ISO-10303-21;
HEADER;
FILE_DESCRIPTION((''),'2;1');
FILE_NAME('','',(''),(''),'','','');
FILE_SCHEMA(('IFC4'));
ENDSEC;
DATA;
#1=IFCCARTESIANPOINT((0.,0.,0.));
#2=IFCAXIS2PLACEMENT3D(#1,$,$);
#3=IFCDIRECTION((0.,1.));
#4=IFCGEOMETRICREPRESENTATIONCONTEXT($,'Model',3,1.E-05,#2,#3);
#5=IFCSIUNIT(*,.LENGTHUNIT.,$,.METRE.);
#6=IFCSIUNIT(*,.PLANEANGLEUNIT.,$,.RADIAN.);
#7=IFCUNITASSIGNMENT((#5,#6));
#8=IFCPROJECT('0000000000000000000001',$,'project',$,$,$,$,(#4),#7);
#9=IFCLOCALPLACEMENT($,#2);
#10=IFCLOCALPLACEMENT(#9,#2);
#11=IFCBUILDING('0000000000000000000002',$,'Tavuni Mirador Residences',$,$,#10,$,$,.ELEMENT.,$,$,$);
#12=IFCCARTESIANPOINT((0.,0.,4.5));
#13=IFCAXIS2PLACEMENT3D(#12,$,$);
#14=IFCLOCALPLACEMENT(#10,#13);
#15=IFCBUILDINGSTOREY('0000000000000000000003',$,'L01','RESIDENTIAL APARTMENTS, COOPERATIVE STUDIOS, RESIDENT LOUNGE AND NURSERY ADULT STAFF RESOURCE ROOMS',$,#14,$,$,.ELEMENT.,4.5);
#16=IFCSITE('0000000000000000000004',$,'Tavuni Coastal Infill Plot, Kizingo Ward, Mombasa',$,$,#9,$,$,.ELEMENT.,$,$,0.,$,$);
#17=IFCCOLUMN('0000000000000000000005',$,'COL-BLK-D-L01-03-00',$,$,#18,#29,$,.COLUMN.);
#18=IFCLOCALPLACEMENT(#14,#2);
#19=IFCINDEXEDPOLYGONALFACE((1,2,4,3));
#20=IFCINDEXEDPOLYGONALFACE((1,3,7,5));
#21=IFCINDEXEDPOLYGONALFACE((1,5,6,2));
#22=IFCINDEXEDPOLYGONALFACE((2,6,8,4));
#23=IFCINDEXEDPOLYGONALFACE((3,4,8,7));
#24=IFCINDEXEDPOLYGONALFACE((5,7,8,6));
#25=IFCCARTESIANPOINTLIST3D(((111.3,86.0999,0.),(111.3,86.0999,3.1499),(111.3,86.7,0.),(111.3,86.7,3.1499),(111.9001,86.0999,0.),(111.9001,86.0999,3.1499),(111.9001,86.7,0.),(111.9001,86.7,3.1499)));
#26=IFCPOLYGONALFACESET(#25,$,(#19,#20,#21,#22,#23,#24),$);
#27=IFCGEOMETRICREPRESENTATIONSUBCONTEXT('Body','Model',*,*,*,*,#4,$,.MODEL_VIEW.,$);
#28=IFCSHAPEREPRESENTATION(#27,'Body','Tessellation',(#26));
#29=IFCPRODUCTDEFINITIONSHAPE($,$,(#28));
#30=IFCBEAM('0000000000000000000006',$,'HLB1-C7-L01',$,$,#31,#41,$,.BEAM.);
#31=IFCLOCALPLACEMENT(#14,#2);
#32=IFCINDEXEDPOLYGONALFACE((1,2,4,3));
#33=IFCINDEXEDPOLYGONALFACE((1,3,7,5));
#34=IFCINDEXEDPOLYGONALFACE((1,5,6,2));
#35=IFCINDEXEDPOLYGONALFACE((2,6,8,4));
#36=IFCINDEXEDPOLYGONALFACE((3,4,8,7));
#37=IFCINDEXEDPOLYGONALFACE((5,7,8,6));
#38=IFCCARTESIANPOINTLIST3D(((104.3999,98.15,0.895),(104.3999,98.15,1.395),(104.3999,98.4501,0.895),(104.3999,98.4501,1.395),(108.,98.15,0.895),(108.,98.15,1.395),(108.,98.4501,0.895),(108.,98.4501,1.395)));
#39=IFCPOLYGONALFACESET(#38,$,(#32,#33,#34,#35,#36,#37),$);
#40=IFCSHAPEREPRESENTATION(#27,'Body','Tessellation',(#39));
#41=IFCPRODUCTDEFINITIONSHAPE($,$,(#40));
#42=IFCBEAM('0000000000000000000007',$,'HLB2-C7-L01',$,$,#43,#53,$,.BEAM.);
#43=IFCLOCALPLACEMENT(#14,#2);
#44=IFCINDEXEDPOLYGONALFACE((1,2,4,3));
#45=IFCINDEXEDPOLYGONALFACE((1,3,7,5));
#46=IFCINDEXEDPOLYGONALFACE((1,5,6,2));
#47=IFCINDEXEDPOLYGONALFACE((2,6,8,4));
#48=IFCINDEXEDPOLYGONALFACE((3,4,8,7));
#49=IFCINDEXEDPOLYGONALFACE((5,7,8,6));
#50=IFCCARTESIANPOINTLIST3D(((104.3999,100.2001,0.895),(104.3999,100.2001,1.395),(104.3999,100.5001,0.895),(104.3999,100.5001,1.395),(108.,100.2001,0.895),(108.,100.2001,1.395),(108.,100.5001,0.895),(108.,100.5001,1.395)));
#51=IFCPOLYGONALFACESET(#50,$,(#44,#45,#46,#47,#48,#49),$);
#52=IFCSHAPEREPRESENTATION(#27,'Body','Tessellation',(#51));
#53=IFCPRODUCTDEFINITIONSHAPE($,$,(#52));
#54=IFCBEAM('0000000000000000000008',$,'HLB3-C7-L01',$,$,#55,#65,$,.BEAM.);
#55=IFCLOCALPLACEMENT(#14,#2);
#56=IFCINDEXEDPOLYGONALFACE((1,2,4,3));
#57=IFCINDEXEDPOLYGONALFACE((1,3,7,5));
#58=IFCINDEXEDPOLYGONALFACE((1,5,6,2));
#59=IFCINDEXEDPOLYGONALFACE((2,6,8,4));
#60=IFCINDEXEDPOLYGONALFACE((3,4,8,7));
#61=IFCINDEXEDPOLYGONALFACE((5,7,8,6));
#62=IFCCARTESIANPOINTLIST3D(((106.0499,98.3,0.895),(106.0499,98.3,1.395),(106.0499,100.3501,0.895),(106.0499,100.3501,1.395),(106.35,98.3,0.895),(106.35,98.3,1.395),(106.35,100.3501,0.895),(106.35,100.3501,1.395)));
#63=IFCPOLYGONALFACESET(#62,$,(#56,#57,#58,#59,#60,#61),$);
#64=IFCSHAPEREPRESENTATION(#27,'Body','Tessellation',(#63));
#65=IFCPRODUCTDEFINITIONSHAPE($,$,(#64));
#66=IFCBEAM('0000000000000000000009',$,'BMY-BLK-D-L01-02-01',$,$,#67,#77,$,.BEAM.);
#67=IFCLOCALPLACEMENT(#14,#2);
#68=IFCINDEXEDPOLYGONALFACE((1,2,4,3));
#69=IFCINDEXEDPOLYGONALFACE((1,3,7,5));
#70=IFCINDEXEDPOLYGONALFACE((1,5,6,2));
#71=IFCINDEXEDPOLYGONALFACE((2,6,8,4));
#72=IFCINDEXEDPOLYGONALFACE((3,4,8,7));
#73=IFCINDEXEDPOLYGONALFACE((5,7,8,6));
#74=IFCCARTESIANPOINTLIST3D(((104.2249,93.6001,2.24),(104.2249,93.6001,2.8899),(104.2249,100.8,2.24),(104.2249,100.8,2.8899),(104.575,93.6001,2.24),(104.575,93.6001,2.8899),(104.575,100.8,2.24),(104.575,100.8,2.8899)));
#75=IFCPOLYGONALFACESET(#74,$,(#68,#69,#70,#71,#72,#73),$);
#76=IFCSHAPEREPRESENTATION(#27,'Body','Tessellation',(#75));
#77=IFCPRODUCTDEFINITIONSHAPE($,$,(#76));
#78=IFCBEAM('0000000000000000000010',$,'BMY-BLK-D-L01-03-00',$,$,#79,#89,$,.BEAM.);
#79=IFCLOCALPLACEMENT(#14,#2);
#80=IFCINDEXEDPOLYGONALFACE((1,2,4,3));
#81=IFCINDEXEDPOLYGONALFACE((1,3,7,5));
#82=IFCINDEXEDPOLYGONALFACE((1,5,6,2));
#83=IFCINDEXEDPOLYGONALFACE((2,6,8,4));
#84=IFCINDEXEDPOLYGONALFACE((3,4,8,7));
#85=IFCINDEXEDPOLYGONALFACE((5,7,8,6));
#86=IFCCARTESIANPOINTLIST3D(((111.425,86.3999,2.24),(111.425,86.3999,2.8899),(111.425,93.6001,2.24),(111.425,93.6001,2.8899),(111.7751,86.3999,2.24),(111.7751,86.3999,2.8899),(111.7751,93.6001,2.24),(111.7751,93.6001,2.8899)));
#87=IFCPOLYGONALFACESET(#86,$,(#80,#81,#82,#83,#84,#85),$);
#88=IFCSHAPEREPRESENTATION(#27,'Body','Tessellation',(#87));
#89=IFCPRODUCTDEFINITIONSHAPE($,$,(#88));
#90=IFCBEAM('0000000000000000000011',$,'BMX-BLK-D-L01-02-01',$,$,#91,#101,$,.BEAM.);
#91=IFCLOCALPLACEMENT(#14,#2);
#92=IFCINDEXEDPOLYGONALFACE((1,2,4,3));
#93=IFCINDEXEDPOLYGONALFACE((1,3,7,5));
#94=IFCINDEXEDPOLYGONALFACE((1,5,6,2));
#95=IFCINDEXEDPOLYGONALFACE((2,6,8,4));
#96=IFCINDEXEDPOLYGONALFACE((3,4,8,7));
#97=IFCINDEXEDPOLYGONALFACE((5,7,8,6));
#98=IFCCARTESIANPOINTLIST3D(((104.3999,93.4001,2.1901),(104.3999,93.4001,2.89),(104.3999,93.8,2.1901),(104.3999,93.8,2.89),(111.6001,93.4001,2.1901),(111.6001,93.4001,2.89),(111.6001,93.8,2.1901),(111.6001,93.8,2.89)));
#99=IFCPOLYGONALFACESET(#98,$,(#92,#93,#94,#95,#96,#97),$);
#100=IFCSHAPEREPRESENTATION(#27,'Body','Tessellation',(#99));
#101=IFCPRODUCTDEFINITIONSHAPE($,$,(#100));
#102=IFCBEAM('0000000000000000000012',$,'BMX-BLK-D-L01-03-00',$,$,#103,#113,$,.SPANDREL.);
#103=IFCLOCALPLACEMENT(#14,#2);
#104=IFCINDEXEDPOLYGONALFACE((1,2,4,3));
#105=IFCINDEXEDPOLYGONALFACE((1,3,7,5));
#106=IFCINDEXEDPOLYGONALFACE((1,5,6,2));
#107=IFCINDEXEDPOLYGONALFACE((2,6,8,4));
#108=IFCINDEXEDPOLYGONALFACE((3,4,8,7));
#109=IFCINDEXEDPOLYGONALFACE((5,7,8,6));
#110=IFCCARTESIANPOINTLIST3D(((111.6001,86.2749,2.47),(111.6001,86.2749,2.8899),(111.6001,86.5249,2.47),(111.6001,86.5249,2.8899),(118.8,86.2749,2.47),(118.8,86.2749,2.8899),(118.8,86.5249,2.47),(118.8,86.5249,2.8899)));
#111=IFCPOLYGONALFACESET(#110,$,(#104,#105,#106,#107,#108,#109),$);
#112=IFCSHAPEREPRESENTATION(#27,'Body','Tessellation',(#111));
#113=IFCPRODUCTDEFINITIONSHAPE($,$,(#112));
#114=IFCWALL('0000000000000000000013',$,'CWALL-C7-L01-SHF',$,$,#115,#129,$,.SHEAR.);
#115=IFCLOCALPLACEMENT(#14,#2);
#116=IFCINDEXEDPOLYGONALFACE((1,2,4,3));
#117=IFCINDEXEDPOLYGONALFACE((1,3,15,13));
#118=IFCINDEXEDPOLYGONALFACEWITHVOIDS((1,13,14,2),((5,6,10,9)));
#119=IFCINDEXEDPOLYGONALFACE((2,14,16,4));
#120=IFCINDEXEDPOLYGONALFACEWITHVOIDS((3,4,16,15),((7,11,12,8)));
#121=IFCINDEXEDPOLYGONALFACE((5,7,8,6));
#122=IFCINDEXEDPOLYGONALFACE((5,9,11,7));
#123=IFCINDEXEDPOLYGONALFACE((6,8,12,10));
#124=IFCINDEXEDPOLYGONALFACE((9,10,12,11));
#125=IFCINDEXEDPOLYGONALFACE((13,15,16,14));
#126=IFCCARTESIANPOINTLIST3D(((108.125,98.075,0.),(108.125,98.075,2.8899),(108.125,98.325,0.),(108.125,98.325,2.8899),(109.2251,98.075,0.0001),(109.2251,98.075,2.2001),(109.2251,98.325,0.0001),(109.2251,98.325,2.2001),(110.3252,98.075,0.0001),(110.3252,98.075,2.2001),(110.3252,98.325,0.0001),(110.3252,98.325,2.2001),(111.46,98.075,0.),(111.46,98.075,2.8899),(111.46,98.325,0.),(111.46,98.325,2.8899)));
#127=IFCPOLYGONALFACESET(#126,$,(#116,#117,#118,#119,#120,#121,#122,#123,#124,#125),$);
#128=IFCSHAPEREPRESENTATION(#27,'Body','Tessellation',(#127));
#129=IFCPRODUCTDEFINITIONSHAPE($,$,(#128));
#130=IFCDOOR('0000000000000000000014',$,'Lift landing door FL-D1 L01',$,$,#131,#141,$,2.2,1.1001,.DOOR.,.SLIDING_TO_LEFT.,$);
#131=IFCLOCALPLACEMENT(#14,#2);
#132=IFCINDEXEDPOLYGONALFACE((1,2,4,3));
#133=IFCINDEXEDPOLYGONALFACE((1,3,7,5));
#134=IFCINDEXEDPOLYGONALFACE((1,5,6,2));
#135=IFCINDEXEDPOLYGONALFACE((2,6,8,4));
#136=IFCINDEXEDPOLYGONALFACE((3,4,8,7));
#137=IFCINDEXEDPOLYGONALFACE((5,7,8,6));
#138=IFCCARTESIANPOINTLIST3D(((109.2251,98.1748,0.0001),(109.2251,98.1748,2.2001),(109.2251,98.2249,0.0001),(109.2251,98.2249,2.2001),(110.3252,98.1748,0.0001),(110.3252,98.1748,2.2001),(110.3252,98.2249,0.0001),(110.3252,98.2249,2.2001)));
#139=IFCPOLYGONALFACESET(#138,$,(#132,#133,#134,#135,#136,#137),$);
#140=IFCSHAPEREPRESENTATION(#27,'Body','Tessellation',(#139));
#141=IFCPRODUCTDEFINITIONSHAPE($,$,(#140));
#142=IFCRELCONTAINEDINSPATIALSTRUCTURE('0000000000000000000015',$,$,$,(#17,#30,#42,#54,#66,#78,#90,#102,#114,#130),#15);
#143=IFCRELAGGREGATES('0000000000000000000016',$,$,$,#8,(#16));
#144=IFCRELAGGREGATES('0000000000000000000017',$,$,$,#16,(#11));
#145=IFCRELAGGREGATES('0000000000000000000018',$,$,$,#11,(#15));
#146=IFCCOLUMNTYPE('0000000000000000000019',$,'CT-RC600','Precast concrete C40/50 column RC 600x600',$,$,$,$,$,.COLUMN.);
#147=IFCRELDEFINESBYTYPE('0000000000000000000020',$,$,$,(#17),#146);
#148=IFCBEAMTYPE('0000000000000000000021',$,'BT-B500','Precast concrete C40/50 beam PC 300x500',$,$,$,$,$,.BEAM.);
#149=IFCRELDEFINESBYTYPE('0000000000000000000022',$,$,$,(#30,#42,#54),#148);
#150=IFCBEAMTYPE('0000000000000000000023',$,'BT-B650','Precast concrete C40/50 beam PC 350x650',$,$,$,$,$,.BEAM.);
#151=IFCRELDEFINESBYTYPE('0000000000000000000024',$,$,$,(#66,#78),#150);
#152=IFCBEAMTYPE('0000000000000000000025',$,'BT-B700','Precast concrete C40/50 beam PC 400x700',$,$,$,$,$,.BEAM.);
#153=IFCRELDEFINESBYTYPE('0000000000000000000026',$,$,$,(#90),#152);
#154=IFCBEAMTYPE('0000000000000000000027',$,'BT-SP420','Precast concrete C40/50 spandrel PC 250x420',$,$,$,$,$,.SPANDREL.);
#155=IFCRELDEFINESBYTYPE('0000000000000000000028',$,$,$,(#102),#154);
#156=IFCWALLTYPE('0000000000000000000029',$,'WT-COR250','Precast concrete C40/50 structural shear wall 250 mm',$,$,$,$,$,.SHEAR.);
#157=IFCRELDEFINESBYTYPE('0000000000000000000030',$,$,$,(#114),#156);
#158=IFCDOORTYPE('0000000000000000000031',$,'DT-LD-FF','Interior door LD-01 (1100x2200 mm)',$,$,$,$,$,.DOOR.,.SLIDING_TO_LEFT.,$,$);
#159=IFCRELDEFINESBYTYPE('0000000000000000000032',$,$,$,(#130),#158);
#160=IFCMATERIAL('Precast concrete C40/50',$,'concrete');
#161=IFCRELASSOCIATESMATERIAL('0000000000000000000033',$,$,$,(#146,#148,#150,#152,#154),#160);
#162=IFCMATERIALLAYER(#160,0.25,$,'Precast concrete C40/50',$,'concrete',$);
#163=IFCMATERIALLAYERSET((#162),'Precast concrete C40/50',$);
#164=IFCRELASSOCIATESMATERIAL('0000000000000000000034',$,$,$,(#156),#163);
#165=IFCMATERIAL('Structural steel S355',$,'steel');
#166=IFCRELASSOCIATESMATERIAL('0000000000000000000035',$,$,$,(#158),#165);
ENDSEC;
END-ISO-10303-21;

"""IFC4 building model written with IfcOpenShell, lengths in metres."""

from ifc_helpers import new_model, si_unit, direction, frame, frame_2d, origin, origin_2d, place, context, subcontext, project, spatial, rectangle, extrude, material, layer, layer_set, material_profile, profile_set, type_object, element, fill, save


model = new_model("IFC4")

# Units and contexts
model_context = context("Model", 3, precision=1e-05, world=origin(), true_north=direction((0.0, 1.0)))
body_context = subcontext(model_context, "Body", "Model", "MODEL_VIEW")
ifc_project = project(units=[si_unit("LENGTHUNIT", "METRE"), si_unit("PLANEANGLEUNIT", "RADIAN")], contexts=[model_context])

# Site, building, storey
site_placement = place(None, origin())
site = spatial("IfcSite", under=ifc_project, at=site_placement, Name="Tavuni Coastal Infill Plot, Kizingo Ward, Mombasa", CompositionType="ELEMENT", RefElevation=0.0)
building_placement = place(site_placement, origin())
building = spatial("IfcBuilding", under=site, at=building_placement, Name="Tavuni Mirador Residences", CompositionType="ELEMENT")
storey_placement = place(building_placement, frame((0.0, 0.0, 4.5)))
storey = spatial("IfcBuildingStorey", under=building, at=storey_placement, Name="L01", Description="RESIDENTIAL APARTMENTS, COOPERATIVE STUDIOS, RESIDENT LOUNGE AND NURSERY ADULT STAFF RESOURCE ROOMS", CompositionType="ELEMENT", Elevation=4.5)

# Column
ifc_material_1 = material(Name="Precast concrete C40/50", Category="concrete")
ifc_material_profile_1 = material_profile(ifc_material_1, rectangle(XDim=0.6001, YDim=0.6001, at=origin_2d()), Name="RC 600x600", Category="concrete")
ifc_profile_set_1 = profile_set([ifc_material_profile_1], Name="Precast concrete C40/50")
column_type = type_object("IfcColumnType", Name="CT-RC600", Description="Precast concrete C40/50 column RC 600x600", PredefinedType="COLUMN", material=ifc_profile_set_1)
column_placement = place(storey_placement, frame((111.6001, 86.3999, 0.0), z_axis=(0.0, 0.0, 1.0), x_axis=(1.0, 0.0, 0.0)))
element("IfcColumn", 1, at=column_placement, inside=storey, type_object=column_type, Name="COL-BLK-D-L01-03-00", PredefinedType="COLUMN", context=body_context, shape_type="SweptSolid", body=[
    extrude(rectangle(XDim=0.6001, YDim=0.6001, at=origin_2d()), origin(), (0.0, 0.0, 1.0), 3.1499),
])

# Beams
ifc_material_profile_2 = material_profile(ifc_material_1, rectangle(XDim=0.3, YDim=0.5, at=origin_2d()), Name="PC 300x500", Category="concrete")
ifc_profile_set_2 = profile_set([ifc_material_profile_2], Name="Precast concrete C40/50")
beam_type_1 = type_object("IfcBeamType", Name="BT-B500", Description="Precast concrete C40/50 beam PC 300x500", PredefinedType="BEAM", material=ifc_profile_set_2)
for number, where, z_axis, x_axis, name in (
    (2, (104.3999, 98.3, 1.145), (1.0, 0.0, 0.0), (0.0, 1.0, 0.0), "HLB1-C7-L01"),
    (3, (104.3999, 100.3501, 1.145), (1.0, 0.0, 0.0), (0.0, 1.0, 0.0), "HLB2-C7-L01"),
):
    element("IfcBeam", number, at=place(storey_placement, frame(where, z_axis=z_axis, x_axis=x_axis)), inside=storey, type_object=beam_type_1, Name=name, PredefinedType="BEAM", context=body_context, shape_type="SweptSolid", body=[
        extrude(rectangle(XDim=0.3, YDim=0.5, at=origin_2d()), origin(), (0.0, 0.0, 1.0), 3.6001),
    ])
beam_1_placement = place(storey_placement, frame((106.2, 98.3, 1.145), z_axis=(0.0, 1.0, 0.0), x_axis=(-1.0, 0.0, 0.0)))
element("IfcBeam", 4, at=beam_1_placement, inside=storey, type_object=beam_type_1, Name="HLB3-C7-L01", PredefinedType="BEAM", context=body_context, shape_type="SweptSolid", body=[
    extrude(rectangle(XDim=0.3, YDim=0.5, at=origin_2d()), origin(), (0.0, 0.0, 1.0), 2.05),
])
ifc_material_profile_3 = material_profile(ifc_material_1, rectangle(XDim=0.3501, YDim=0.6499, at=origin_2d()), Name="PC 350x650", Category="concrete")
ifc_profile_set_3 = profile_set([ifc_material_profile_3], Name="Precast concrete C40/50")
beam_type_2 = type_object("IfcBeamType", Name="BT-B650", Description="Precast concrete C40/50 beam PC 350x650", PredefinedType="BEAM", material=ifc_profile_set_3)
beam_2_placement = place(storey_placement, frame((104.3999, 93.6001, 2.5649), z_axis=(0.0, 1.0, 0.0), x_axis=(-1.0, 0.0, 0.0)))
element("IfcBeam", 5, at=beam_2_placement, inside=storey, type_object=beam_type_2, Name="BMY-BLK-D-L01-02-01", PredefinedType="BEAM", context=body_context, shape_type="SweptSolid", body=[
    extrude(rectangle(XDim=0.3501, YDim=0.6499, at=origin_2d()), origin(), (0.0, 0.0, 1.0), 7.2),
])
beam_3_placement = place(storey_placement, frame((111.6001, 86.3999, 2.5649), z_axis=(0.0, 1.0, 0.0), x_axis=(-1.0, 0.0, 0.0)))
element("IfcBeam", 6, at=beam_3_placement, inside=storey, type_object=beam_type_2, Name="BMY-BLK-D-L01-03-00", PredefinedType="BEAM", context=body_context, shape_type="SweptSolid", body=[
    extrude(rectangle(XDim=0.3501, YDim=0.6499, at=origin_2d()), origin(), (0.0, 0.0, 1.0), 7.2002),
])
ifc_material_profile_4 = material_profile(ifc_material_1, rectangle(XDim=0.3999, YDim=0.7, at=origin_2d()), Name="PC 400x700", Category="concrete")
ifc_profile_set_4 = profile_set([ifc_material_profile_4], Name="Precast concrete C40/50")
beam_type_3 = type_object("IfcBeamType", Name="BT-B700", Description="Precast concrete C40/50 beam PC 400x700", PredefinedType="BEAM", material=ifc_profile_set_4)
beam_4_placement = place(storey_placement, frame((104.3999, 93.6001, 2.54), z_axis=(1.0, 0.0, 0.0), x_axis=(0.0, 1.0, 0.0)))
element("IfcBeam", 7, at=beam_4_placement, inside=storey, type_object=beam_type_3, Name="BMX-BLK-D-L01-02-01", PredefinedType="BEAM", context=body_context, shape_type="SweptSolid", body=[
    extrude(rectangle(XDim=0.3999, YDim=0.7, at=origin_2d()), origin(), (0.0, 0.0, 1.0), 7.2002),
])
ifc_material_profile_5 = material_profile(ifc_material_1, rectangle(XDim=0.25, YDim=0.4199, at=origin_2d()), Name="PC 250x420", Category="concrete")
ifc_profile_set_5 = profile_set([ifc_material_profile_5], Name="Precast concrete C40/50")
beam_type_4 = type_object("IfcBeamType", Name="BT-SP420", Description="Precast concrete C40/50 spandrel PC 250x420", PredefinedType="SPANDREL", material=ifc_profile_set_5)
beam_5_placement = place(storey_placement, frame((111.6001, 86.3999, 2.6799), z_axis=(1.0, 0.0, 0.0), x_axis=(0.0, 1.0, 0.0)))
element("IfcBeam", 8, at=beam_5_placement, inside=storey, type_object=beam_type_4, Name="BMX-BLK-D-L01-03-00", PredefinedType="SPANDREL", context=body_context, shape_type="SweptSolid", body=[
    extrude(rectangle(XDim=0.25, YDim=0.4199, at=origin_2d()), origin(), (0.0, 0.0, 1.0), 7.2),
])

# Wall, opening, door
ifc_layer_1 = layer(ifc_material_1, 0.25, Name="Precast concrete C40/50", Category="concrete")
ifc_layer_set_1 = layer_set([ifc_layer_1], Name="Precast concrete C40/50")
wall_type_1 = type_object("IfcWallType", Name="WT-COR250", Description="Precast concrete C40/50 structural shear wall 250 mm", PredefinedType="SHEAR", material=ifc_layer_set_1)
wall_1_placement = place(storey_placement, frame((108.125, 98.2, 0.0), z_axis=(0.0, 0.0, 1.0), x_axis=(1.0, 0.0, 0.0)))
wall_1 = element("IfcWall", 9, at=wall_1_placement, inside=storey, type_object=wall_type_1, Name="CWALL-C7-L01-SHF", PredefinedType="SHEAR", context=body_context, shape_type="SweptSolid", body=[
    extrude(rectangle(XDim=3.335, YDim=0.25, at=frame_2d((1.6675, 0.0))), origin(), (0.0, 0.0, 1.0), 2.8899),
])
opening_1_placement = place(wall_1_placement, frame((1.1001, 0.0, 0.0)))
opening_1 = element("IfcOpeningElement", 10, at=opening_1_placement, cuts=wall_1, PredefinedType="OPENING", context=body_context, shape_type="SweptSolid", body=[
    extrude(rectangle(XDim=1.1001, YDim=2.2, at=frame_2d((0.55, 1.1001))), frame((0.0, 0.135, 0.0), z_axis=(0.0, -1.0, 0.0), x_axis=(1.0, 0.0, 0.0)), (0.0, 0.0, 1.0), 0.27),
])
ifc_material_2 = material(Name="Structural steel S355", Category="steel")
door_type_1 = type_object("IfcDoorType", Name="DT-LD-FF", Description="Interior door LD-01 (1100x2200 mm)", OperationType="SLIDING_TO_LEFT", PredefinedType="DOOR", material=ifc_material_2)
door_1_placement = place(opening_1_placement, origin())
door_1 = element("IfcDoor", 11, at=door_1_placement, inside=storey, type_object=door_type_1, Name="Lift landing door FL-D1 L01", OperationType="SLIDING_TO_LEFT", OverallHeight=2.2, OverallWidth=1.1001, PredefinedType="DOOR", context=body_context, shape_type="SweptSolid", body=[
    extrude(rectangle(XDim=1.1001, YDim=2.2, at=frame_2d((0.55, 1.1001))), frame((0.0, 0.0249, 0.0), z_axis=(0.0, -1.0, 0.0), x_axis=(1.0, 0.0, 0.0)), (0.0, 0.0, 1.0), 0.05),
])
fill(opening_1, door_1)

save(model, "model.ifc")
